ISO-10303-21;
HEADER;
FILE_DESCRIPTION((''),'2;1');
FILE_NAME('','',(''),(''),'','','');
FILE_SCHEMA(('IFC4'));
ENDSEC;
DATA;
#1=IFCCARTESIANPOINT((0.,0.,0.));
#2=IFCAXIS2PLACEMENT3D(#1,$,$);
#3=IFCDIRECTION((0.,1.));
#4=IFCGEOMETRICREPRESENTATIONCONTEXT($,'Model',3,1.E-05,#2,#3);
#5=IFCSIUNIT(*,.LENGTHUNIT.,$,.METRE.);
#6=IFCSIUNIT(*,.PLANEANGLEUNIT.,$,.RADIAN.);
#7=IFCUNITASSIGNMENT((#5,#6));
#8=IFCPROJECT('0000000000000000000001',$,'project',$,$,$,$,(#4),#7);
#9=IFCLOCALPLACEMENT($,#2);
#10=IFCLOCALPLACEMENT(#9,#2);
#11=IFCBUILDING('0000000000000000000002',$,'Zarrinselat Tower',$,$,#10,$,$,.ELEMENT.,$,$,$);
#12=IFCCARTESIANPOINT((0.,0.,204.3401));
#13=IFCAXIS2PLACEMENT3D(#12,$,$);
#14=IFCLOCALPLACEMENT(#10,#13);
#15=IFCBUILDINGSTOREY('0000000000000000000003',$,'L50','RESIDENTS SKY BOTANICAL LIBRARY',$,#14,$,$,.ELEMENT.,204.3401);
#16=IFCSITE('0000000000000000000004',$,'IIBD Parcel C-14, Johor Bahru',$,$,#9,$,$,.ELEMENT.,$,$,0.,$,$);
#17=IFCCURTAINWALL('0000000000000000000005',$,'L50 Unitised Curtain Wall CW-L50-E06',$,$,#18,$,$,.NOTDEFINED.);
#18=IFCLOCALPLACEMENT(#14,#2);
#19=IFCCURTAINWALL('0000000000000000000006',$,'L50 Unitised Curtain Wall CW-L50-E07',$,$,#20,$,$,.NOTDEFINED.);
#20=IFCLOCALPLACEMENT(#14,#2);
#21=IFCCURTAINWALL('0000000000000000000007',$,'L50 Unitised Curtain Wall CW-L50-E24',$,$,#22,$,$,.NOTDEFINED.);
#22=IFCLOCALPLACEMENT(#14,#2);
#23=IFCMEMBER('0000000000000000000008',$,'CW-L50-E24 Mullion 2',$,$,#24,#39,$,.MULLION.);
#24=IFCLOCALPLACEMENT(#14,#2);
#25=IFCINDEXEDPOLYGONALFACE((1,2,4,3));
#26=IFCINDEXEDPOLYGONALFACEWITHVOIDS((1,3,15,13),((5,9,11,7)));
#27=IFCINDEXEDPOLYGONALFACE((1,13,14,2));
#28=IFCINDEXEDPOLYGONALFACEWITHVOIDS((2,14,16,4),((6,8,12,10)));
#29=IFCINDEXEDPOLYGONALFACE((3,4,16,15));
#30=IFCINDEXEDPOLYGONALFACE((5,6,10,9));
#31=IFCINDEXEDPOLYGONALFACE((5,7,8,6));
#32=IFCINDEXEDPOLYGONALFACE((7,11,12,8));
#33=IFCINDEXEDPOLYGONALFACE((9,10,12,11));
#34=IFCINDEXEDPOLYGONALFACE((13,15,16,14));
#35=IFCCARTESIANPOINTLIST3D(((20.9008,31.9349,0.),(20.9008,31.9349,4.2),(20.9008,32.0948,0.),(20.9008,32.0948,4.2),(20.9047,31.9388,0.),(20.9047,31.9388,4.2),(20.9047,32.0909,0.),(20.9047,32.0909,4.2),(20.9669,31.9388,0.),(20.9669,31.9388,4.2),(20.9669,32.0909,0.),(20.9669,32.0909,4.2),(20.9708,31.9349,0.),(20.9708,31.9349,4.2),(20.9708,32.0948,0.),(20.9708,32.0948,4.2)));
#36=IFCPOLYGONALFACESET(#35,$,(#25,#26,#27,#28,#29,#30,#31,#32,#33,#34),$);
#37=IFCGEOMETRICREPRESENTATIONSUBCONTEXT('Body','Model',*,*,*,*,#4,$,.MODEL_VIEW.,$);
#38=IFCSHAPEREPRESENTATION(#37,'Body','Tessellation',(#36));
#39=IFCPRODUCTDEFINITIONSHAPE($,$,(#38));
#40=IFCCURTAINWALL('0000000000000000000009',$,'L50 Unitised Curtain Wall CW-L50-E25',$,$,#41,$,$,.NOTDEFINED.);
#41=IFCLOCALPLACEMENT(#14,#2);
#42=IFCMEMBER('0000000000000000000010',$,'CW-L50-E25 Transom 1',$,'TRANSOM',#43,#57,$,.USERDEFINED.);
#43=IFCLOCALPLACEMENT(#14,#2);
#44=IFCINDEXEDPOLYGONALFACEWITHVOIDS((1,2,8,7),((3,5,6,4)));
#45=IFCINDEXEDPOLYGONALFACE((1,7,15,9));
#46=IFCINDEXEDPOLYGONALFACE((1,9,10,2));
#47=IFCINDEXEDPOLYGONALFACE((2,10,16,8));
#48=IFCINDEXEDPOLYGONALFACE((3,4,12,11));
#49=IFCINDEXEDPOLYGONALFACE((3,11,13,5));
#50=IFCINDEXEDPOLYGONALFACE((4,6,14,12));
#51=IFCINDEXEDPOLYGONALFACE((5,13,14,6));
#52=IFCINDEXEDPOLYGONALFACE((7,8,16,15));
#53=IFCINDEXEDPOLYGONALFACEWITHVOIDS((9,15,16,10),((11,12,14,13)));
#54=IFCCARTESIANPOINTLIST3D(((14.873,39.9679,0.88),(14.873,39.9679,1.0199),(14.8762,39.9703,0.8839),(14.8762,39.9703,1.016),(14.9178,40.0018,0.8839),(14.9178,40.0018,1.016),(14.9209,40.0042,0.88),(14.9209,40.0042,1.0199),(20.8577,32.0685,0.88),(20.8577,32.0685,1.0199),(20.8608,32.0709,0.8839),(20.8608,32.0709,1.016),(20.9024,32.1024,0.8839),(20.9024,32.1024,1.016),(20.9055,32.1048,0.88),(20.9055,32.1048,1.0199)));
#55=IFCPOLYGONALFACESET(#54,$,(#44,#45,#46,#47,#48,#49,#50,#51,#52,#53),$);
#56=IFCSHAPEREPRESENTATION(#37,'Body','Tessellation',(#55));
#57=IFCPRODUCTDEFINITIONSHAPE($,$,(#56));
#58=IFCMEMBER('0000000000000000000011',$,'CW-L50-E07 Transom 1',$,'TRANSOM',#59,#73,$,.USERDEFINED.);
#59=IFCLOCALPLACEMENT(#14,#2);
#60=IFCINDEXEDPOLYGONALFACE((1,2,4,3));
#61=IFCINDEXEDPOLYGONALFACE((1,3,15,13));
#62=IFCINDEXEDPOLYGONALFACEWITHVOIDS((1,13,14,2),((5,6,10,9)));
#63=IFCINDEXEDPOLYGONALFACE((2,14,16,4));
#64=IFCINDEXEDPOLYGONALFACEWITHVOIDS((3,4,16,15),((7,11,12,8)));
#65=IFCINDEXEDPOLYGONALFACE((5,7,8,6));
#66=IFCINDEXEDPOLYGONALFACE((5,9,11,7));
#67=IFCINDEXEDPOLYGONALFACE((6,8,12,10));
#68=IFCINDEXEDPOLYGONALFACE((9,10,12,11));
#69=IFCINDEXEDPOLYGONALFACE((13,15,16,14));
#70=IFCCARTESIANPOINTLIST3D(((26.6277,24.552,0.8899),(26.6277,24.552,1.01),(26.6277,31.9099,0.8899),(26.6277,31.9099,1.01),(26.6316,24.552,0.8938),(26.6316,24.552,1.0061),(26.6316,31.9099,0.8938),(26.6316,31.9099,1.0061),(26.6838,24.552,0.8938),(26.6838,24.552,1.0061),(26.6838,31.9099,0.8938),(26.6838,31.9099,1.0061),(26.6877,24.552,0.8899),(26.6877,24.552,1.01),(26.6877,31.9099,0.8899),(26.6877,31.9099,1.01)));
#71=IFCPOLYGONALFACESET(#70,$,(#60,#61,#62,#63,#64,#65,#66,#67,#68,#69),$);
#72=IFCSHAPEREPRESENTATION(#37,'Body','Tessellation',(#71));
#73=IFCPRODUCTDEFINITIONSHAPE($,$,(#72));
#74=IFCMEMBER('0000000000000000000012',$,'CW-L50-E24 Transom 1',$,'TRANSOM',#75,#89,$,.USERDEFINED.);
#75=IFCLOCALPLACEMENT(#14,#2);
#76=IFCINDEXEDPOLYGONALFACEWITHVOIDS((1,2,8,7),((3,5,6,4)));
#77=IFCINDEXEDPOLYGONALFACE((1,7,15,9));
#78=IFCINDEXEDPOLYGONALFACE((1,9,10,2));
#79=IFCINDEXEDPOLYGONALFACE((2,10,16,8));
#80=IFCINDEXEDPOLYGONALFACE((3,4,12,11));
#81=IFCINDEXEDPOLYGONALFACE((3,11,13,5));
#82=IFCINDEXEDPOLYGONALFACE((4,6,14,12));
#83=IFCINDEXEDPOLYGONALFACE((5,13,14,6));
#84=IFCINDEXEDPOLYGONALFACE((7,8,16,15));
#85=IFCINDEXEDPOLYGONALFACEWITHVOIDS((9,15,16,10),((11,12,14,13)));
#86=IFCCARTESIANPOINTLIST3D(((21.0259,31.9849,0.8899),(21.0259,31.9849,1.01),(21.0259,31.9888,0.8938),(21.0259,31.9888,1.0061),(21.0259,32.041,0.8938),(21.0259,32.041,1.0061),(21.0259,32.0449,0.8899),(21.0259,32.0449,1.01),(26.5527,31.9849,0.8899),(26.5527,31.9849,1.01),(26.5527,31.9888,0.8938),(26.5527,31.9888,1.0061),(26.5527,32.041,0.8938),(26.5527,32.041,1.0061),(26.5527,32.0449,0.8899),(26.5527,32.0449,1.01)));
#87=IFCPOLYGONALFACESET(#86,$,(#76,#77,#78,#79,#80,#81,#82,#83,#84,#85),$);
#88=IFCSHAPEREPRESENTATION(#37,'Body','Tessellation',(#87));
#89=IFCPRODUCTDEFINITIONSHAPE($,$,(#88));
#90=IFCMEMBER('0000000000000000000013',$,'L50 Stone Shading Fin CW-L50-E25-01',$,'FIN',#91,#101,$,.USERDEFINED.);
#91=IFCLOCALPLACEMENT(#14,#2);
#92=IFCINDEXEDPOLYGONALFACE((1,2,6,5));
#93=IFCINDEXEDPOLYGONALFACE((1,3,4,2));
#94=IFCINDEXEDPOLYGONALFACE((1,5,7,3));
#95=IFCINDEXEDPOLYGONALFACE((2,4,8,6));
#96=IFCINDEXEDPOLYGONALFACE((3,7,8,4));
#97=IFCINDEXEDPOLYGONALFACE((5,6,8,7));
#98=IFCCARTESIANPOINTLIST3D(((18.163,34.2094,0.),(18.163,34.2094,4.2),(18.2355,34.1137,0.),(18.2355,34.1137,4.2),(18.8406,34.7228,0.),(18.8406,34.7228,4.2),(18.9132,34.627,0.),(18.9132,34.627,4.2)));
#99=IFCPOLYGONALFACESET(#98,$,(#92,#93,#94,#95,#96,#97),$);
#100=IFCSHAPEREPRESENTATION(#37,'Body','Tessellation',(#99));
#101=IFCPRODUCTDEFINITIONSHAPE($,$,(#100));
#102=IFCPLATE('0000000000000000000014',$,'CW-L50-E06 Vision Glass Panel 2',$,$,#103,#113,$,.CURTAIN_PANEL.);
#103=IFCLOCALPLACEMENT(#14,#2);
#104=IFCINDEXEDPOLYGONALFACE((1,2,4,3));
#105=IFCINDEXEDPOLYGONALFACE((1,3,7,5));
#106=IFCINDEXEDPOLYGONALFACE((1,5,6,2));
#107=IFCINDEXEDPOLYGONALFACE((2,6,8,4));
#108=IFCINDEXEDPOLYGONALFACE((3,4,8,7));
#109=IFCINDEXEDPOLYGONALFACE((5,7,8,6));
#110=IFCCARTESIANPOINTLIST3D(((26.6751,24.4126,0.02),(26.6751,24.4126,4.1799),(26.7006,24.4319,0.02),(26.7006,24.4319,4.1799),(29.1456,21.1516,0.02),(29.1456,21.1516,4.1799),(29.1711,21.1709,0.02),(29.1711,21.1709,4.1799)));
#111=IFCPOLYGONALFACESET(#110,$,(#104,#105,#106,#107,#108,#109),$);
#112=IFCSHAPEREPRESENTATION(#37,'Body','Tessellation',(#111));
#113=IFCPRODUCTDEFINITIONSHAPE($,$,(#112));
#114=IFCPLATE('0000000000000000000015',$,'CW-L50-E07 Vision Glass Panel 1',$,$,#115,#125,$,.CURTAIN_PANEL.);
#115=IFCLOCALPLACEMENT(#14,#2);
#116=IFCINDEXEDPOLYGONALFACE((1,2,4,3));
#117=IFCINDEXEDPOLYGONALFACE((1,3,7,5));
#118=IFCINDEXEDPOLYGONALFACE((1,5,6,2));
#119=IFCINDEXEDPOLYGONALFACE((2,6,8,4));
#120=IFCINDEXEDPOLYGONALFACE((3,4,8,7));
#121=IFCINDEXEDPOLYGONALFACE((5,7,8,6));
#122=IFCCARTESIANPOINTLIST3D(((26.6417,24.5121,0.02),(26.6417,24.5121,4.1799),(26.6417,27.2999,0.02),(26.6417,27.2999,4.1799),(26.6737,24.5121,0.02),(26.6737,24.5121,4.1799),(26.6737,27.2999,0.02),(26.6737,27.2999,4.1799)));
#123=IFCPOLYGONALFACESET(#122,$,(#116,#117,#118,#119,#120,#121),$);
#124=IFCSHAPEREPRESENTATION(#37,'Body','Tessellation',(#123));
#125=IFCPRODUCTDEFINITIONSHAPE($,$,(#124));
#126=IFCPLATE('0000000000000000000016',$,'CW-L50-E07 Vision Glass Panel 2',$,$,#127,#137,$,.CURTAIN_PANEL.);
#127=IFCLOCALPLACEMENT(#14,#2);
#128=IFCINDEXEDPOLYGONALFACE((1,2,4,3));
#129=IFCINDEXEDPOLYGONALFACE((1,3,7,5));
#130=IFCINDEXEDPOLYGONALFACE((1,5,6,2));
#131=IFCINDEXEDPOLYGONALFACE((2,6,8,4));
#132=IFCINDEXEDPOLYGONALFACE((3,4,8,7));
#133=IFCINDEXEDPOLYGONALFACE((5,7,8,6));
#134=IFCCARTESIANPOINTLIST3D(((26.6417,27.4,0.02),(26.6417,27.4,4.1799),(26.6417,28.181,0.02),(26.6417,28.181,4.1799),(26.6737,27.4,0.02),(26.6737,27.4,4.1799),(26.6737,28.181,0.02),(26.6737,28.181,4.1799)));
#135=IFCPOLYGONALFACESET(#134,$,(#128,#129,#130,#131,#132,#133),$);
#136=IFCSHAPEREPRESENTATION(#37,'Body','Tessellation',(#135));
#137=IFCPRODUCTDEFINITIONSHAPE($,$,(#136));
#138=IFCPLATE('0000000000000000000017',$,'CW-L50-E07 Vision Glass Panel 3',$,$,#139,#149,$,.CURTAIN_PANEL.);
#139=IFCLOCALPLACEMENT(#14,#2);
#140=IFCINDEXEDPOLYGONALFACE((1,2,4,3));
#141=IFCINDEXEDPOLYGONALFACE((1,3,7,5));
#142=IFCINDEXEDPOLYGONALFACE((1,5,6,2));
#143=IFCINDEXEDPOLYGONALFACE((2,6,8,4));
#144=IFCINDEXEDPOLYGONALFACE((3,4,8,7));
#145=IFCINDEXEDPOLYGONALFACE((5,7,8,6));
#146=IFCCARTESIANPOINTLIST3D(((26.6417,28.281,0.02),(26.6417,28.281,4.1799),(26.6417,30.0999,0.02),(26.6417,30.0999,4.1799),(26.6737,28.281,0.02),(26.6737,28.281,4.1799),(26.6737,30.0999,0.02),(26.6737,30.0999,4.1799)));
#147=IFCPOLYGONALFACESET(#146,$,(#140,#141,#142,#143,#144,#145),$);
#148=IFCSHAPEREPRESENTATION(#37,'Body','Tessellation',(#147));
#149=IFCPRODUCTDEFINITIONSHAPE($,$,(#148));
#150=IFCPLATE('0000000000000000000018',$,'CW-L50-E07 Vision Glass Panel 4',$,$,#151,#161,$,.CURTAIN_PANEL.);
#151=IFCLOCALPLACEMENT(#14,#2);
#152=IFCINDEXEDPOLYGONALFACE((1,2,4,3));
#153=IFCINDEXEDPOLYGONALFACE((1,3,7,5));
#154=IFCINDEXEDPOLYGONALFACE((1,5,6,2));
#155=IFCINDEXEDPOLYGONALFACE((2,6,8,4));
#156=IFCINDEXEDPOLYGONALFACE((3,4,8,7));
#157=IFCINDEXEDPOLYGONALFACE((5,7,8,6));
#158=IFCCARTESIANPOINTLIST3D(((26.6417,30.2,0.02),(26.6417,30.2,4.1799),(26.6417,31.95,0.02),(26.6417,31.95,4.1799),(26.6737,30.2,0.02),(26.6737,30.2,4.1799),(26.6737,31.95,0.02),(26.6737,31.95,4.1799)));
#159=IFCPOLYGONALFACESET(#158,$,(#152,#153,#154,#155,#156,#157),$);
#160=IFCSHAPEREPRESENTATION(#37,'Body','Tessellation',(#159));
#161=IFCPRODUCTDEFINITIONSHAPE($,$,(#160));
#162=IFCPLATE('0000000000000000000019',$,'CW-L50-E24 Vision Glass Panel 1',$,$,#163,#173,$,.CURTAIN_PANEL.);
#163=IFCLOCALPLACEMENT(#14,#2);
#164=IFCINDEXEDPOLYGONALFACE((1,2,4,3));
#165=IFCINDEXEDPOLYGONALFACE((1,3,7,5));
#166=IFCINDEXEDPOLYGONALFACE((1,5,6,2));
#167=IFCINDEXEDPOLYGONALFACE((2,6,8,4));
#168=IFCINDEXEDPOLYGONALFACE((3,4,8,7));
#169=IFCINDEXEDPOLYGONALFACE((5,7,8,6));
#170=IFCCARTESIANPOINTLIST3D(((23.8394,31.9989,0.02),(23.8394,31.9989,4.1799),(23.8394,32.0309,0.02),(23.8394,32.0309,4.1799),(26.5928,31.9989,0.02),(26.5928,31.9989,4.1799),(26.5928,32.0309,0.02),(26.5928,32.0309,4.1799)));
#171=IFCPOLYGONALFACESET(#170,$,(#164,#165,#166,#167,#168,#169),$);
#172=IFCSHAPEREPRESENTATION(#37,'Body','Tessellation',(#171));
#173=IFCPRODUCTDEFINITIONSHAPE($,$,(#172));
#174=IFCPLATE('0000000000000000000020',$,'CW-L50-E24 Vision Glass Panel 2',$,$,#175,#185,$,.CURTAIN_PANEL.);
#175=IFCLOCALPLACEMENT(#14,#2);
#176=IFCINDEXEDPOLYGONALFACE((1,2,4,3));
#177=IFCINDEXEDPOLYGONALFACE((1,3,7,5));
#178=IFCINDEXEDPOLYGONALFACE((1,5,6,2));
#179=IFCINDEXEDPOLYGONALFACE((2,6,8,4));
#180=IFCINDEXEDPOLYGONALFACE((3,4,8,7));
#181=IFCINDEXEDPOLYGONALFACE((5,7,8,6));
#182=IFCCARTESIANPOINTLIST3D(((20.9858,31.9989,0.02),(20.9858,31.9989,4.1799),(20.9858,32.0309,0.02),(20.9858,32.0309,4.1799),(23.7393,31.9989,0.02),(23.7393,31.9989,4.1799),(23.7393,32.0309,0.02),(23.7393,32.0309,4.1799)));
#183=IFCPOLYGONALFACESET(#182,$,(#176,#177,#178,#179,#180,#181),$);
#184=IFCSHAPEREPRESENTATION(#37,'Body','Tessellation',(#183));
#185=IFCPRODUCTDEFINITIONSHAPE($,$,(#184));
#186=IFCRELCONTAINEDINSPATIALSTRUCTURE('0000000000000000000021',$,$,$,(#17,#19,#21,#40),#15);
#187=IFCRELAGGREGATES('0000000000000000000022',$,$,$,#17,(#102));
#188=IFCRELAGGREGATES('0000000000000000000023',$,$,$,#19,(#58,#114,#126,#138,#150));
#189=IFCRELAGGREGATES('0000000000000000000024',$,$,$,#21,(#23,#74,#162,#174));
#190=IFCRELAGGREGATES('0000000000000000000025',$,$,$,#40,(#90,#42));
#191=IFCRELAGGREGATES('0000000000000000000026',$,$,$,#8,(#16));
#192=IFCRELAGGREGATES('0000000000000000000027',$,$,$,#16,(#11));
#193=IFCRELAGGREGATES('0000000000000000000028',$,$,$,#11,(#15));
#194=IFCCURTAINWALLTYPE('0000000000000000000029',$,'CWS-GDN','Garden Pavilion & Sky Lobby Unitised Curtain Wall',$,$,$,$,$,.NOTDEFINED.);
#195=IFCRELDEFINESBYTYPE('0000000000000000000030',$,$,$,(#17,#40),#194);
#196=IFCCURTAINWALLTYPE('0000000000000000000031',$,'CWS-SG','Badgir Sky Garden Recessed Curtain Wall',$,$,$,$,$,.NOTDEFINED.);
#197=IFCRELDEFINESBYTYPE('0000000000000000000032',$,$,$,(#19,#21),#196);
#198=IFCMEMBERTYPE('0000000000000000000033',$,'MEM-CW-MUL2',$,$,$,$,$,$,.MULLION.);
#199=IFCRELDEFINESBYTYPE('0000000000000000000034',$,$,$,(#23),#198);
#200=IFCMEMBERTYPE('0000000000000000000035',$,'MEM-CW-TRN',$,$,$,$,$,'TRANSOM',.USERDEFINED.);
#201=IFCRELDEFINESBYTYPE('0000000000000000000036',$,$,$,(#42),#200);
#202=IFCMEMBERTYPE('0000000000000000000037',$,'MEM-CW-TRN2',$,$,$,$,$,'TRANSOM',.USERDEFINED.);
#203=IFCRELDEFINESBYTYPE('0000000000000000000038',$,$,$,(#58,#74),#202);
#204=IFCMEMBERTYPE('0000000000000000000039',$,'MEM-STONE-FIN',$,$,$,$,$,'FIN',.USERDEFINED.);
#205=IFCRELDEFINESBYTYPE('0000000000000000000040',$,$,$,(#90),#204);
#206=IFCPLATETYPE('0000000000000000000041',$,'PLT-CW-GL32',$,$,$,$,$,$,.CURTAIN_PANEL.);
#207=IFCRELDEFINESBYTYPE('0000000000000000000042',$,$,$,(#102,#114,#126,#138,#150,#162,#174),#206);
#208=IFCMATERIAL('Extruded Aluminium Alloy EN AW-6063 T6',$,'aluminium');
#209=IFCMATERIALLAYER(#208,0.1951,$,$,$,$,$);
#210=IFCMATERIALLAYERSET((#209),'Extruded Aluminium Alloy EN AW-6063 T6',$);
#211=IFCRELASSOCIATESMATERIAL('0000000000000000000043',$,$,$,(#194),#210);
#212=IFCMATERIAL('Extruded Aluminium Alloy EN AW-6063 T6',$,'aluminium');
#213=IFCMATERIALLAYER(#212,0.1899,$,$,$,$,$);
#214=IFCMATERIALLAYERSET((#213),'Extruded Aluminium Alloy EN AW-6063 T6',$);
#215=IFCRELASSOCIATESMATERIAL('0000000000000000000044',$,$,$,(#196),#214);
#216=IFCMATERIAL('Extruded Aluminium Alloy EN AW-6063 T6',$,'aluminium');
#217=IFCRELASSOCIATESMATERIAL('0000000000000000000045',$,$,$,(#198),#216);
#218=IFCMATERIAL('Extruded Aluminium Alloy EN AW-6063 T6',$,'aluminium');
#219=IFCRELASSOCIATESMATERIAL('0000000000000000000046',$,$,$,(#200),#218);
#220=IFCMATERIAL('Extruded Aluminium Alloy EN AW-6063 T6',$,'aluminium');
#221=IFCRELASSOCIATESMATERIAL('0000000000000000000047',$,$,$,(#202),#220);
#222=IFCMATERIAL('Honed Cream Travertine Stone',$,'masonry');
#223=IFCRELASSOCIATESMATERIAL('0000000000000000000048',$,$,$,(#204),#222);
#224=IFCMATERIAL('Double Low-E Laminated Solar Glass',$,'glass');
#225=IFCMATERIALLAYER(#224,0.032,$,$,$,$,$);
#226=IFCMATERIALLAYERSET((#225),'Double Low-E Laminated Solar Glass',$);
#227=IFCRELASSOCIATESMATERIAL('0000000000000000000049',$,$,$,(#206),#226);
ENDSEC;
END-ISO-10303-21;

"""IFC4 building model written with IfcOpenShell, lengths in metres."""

from ifc_helpers import new_model, si_unit, direction, frame, origin, origin_2d, place, context, subcontext, project, spatial, rectangle, hollow_rectangle, extrude, material, layer, layer_set, material_profile, profile_set, type_object, element, aggregate, save


model = new_model("IFC4")

# Units and contexts
model_context = context("Model", 3, precision=1e-05, world=origin(), true_north=direction((0.0, 1.0)))
body_context = subcontext(model_context, "Body", "Model", "MODEL_VIEW")
ifc_project = project(units=[si_unit("LENGTHUNIT", "METRE"), si_unit("PLANEANGLEUNIT", "RADIAN")], contexts=[model_context])

# Site, building, storey
site_placement = place(None, origin())
site = spatial("IfcSite", under=ifc_project, at=site_placement, Name="IIBD Parcel C-14, Johor Bahru", CompositionType="ELEMENT", RefElevation=0.0)
building_placement = place(site_placement, origin())
building = spatial("IfcBuilding", under=site, at=building_placement, Name="Zarrinselat Tower", CompositionType="ELEMENT")
storey_placement = place(building_placement, frame((0.0, 0.0, 204.3401)))
storey = spatial("IfcBuildingStorey", under=building, at=storey_placement, Name="L50", Description="RESIDENTS SKY BOTANICAL LIBRARY", CompositionType="ELEMENT", Elevation=204.3401)

# Curtain wall
ifc_material_1 = material(Name="Extruded Aluminium Alloy EN AW-6063 T6", Category="aluminium")
ifc_layer_1 = layer(ifc_material_1, 0.1951)
ifc_layer_set_1 = layer_set([ifc_layer_1], Name="Extruded Aluminium Alloy EN AW-6063 T6")
curtain_wall_type_1 = type_object("IfcCurtainWallType", Name="CWS-GDN", Description="Garden Pavilion & Sky Lobby Unitised Curtain Wall", PredefinedType="NOTDEFINED", material=ifc_layer_set_1)
curtain_wall_1_placement = place(storey_placement, origin())
curtain_wall_1 = element("IfcCurtainWall", 1, at=curtain_wall_1_placement, inside=storey, type_object=curtain_wall_type_1, Name="L50 Unitised Curtain Wall CW-L50-E06", PredefinedType="NOTDEFINED")

# Curtain walls, member
ifc_material_2 = material(Name="Extruded Aluminium Alloy EN AW-6063 T6", Category="aluminium")
ifc_layer_2 = layer(ifc_material_2, 0.1899)
ifc_layer_set_2 = layer_set([ifc_layer_2], Name="Extruded Aluminium Alloy EN AW-6063 T6")
curtain_wall_type_2 = type_object("IfcCurtainWallType", Name="CWS-SG", Description="Badgir Sky Garden Recessed Curtain Wall", PredefinedType="NOTDEFINED", material=ifc_layer_set_2)
curtain_wall_2_placement = place(storey_placement, origin())
curtain_wall_2 = element("IfcCurtainWall", 2, at=curtain_wall_2_placement, inside=storey, type_object=curtain_wall_type_2, Name="L50 Unitised Curtain Wall CW-L50-E07", PredefinedType="NOTDEFINED")
ifc_material_3 = material(Name="Extruded Aluminium Alloy EN AW-6063 T6", Category="aluminium")
ifc_material_profile_1 = material_profile(ifc_material_3, hollow_rectangle(XDim=0.0701, YDim=0.1599, WallThickness=0.0039, at=origin_2d()), Name="RHS 160x70x4")
ifc_profile_set_1 = profile_set([ifc_material_profile_1], Name="Extruded Aluminium Alloy EN AW-6063 T6")
member_type_1 = type_object("IfcMemberType", Name="MEM-CW-MUL2", PredefinedType="MULLION", material=ifc_profile_set_1)
curtain_wall_3_placement = place(storey_placement, origin())
curtain_wall_3 = element("IfcCurtainWall", 3, at=curtain_wall_3_placement, inside=storey, type_object=curtain_wall_type_2, Name="L50 Unitised Curtain Wall CW-L50-E24", PredefinedType="NOTDEFINED")
member_1_placement = place(storey_placement, frame((20.9358, 32.0149, 0.0), z_axis=(0.0, 0.0, 1.0), x_axis=(-1.0, 0.0, 0.0)))
member_1 = element("IfcMember", 4, at=member_1_placement, type_object=member_type_1, Name="CW-L50-E24 Mullion 2", PredefinedType="MULLION", context=body_context, shape_type="SweptSolid", body=[
    extrude(hollow_rectangle(XDim=0.0701, YDim=0.1599, WallThickness=0.0039, at=origin_2d()), origin(), (0.0, 0.0, 1.0), 4.2),
])

# Curtain wall, member
curtain_wall_4_placement = place(storey_placement, origin())
curtain_wall_4 = element("IfcCurtainWall", 5, at=curtain_wall_4_placement, inside=storey, type_object=curtain_wall_type_1, Name="L50 Unitised Curtain Wall CW-L50-E25", PredefinedType="NOTDEFINED")
ifc_material_4 = material(Name="Extruded Aluminium Alloy EN AW-6063 T6", Category="aluminium")
ifc_material_profile_2 = material_profile(ifc_material_4, hollow_rectangle(XDim=0.0601, YDim=0.1399, WallThickness=0.0039, at=origin_2d()), Name="RHS 140x60x4")
ifc_profile_set_2 = profile_set([ifc_material_profile_2], Name="Extruded Aluminium Alloy EN AW-6063 T6")
member_type_2 = type_object("IfcMemberType", Name="MEM-CW-TRN", ElementType="TRANSOM", PredefinedType="USERDEFINED", material=ifc_profile_set_2)
member_2_placement = place(storey_placement, frame((20.8816, 32.0867, 0.95), z_axis=(-0.603871, 0.797082, 0.0), x_axis=(-0.797082, -0.603871, 0.0)))
member_2 = element("IfcMember", 6, at=member_2_placement, type_object=member_type_2, Name="CW-L50-E25 Transom 1", ObjectType="TRANSOM", PredefinedType="USERDEFINED", context=body_context, shape_type="SweptSolid", body=[
    extrude(hollow_rectangle(XDim=0.0601, YDim=0.1399, WallThickness=0.0039, at=origin_2d()), origin(), (0.0, 0.0, 1.0), 9.9104),
])

# Members
ifc_material_5 = material(Name="Extruded Aluminium Alloy EN AW-6063 T6", Category="aluminium")
ifc_material_profile_3 = material_profile(ifc_material_5, hollow_rectangle(XDim=0.0601, YDim=0.1201, WallThickness=0.0039, at=origin_2d()), Name="RHS 120x60x4")
ifc_profile_set_3 = profile_set([ifc_material_profile_3], Name="Extruded Aluminium Alloy EN AW-6063 T6")
member_type_3 = type_object("IfcMemberType", Name="MEM-CW-TRN2", ElementType="TRANSOM", PredefinedType="USERDEFINED", material=ifc_profile_set_3)
member_3_placement = place(storey_placement, frame((26.6577, 24.552, 0.95), z_axis=(0.0, 1.0, 0.0), x_axis=(-1.0, 0.0, 0.0)))
member_3 = element("IfcMember", 7, at=member_3_placement, type_object=member_type_3, Name="CW-L50-E07 Transom 1", ObjectType="TRANSOM", PredefinedType="USERDEFINED", context=body_context, shape_type="SweptSolid", body=[
    extrude(hollow_rectangle(XDim=0.0601, YDim=0.1201, WallThickness=0.0039, at=origin_2d()), origin(), (0.0, 0.0, 1.0), 7.3579),
])
member_4_placement = place(storey_placement, frame((26.5527, 32.0149, 0.95), z_axis=(-1.0, 0.0, 0.0), x_axis=(0.0, -1.0, 0.0)))
member_4 = element("IfcMember", 8, at=member_4_placement, type_object=member_type_3, Name="CW-L50-E24 Transom 1", ObjectType="TRANSOM", PredefinedType="USERDEFINED", context=body_context, shape_type="SweptSolid", body=[
    extrude(hollow_rectangle(XDim=0.0601, YDim=0.1201, WallThickness=0.0039, at=origin_2d()), origin(), (0.0, 0.0, 1.0), 5.5269),
])
ifc_material_6 = material(Name="Honed Cream Travertine Stone", Category="masonry")
ifc_material_profile_4 = material_profile(ifc_material_6, rectangle(XDim=0.1201, YDim=0.8501, at=origin_2d()), Name="FIN 850x120")
ifc_profile_set_4 = profile_set([ifc_material_profile_4], Name="Honed Cream Travertine Stone")
member_type_4 = type_object("IfcMemberType", Name="MEM-STONE-FIN", ElementType="FIN", PredefinedType="USERDEFINED", material=ifc_profile_set_4)
member_5_placement = place(storey_placement, frame((18.5381, 34.4182, 0.0), z_axis=(0.0, 0.0, 1.0), x_axis=(-0.603858, 0.797092, 0.0)))
member_5 = element("IfcMember", 9, at=member_5_placement, type_object=member_type_4, Name="L50 Stone Shading Fin CW-L50-E25-01", ObjectType="FIN", PredefinedType="USERDEFINED", context=body_context, shape_type="SweptSolid", body=[
    extrude(rectangle(XDim=0.1201, YDim=0.8501, at=origin_2d()), origin(), (0.0, 0.0, 1.0), 4.2),
])

# Plates
ifc_material_7 = material(Name="Double Low-E Laminated Solar Glass", Category="glass")
ifc_layer_3 = layer(ifc_material_7, 0.032)
ifc_layer_set_3 = layer_set([ifc_layer_3], Name="Double Low-E Laminated Solar Glass")
plate_type = type_object("IfcPlateType", Name="PLT-CW-GL32", PredefinedType="CURTAIN_PANEL", material=ifc_layer_set_3)
plate_1_placement = place(storey_placement, frame((27.9231, 22.7917, 0.02), z_axis=(0.0, 0.0, 1.0), x_axis=(-0.603858, 0.797092, 0.0)))
plate_1 = element("IfcPlate", 10, at=plate_1_placement, type_object=plate_type, Name="CW-L50-E06 Vision Glass Panel 2", PredefinedType="CURTAIN_PANEL", context=body_context, shape_type="SweptSolid", body=[
    extrude(rectangle(XDim=4.0911, YDim=0.032, at=origin_2d()), origin(), (0.0, 0.0, 1.0), 4.1599),
])
aggregate(curtain_wall_1, [plate_1])
plate_2_placement = place(storey_placement, frame((26.6577, 25.906, 0.02), z_axis=(0.0, 0.0, 1.0), x_axis=(0.0, 1.0, 0.0)))
plate_2 = element("IfcPlate", 11, at=plate_2_placement, type_object=plate_type, Name="CW-L50-E07 Vision Glass Panel 1", PredefinedType="CURTAIN_PANEL", context=body_context, shape_type="SweptSolid", body=[
    extrude(rectangle(XDim=2.7878, YDim=0.032, at=origin_2d()), origin(), (0.0, 0.0, 1.0), 4.1599),
])
plate_3_placement = place(storey_placement, frame((26.6577, 27.7905, 0.02), z_axis=(0.0, 0.0, 1.0), x_axis=(0.0, 1.0, 0.0)))
plate_3 = element("IfcPlate", 12, at=plate_3_placement, type_object=plate_type, Name="CW-L50-E07 Vision Glass Panel 2", PredefinedType="CURTAIN_PANEL", context=body_context, shape_type="SweptSolid", body=[
    extrude(rectangle(XDim=0.781, YDim=0.032, at=origin_2d()), origin(), (0.0, 0.0, 1.0), 4.1599),
])
plate_4_placement = place(storey_placement, frame((26.6577, 29.1904, 0.02), z_axis=(0.0, 0.0, 1.0), x_axis=(0.0, 1.0, 0.0)))
plate_4 = element("IfcPlate", 13, at=plate_4_placement, type_object=plate_type, Name="CW-L50-E07 Vision Glass Panel 3", PredefinedType="CURTAIN_PANEL", context=body_context, shape_type="SweptSolid", body=[
    extrude(rectangle(XDim=1.8188, YDim=0.032, at=origin_2d()), origin(), (0.0, 0.0, 1.0), 4.1599),
])
plate_5_placement = place(storey_placement, frame((26.6577, 31.075, 0.02), z_axis=(0.0, 0.0, 1.0), x_axis=(0.0, 1.0, 0.0)))
plate_5 = element("IfcPlate", 14, at=plate_5_placement, type_object=plate_type, Name="CW-L50-E07 Vision Glass Panel 4", PredefinedType="CURTAIN_PANEL", context=body_context, shape_type="SweptSolid", body=[
    extrude(rectangle(XDim=1.75, YDim=0.032, at=origin_2d()), origin(), (0.0, 0.0, 1.0), 4.1599),
])
aggregate(curtain_wall_2, [member_3, plate_2, plate_3, plate_4, plate_5])
plate_6_placement = place(storey_placement, frame((25.2161, 32.0149, 0.02), z_axis=(0.0, 0.0, 1.0), x_axis=(-1.0, 0.0, 0.0)))
plate_6 = element("IfcPlate", 15, at=plate_6_placement, type_object=plate_type, Name="CW-L50-E24 Vision Glass Panel 1", PredefinedType="CURTAIN_PANEL", context=body_context, shape_type="SweptSolid", body=[
    extrude(rectangle(XDim=2.7534, YDim=0.032, at=origin_2d()), origin(), (0.0, 0.0, 1.0), 4.1599),
])
plate_7_placement = place(storey_placement, frame((22.3625, 32.0149, 0.02), z_axis=(0.0, 0.0, 1.0), x_axis=(-1.0, 0.0, 0.0)))
plate_7 = element("IfcPlate", 16, at=plate_7_placement, type_object=plate_type, Name="CW-L50-E24 Vision Glass Panel 2", PredefinedType="CURTAIN_PANEL", context=body_context, shape_type="SweptSolid", body=[
    extrude(rectangle(XDim=2.7534, YDim=0.032, at=origin_2d()), origin(), (0.0, 0.0, 1.0), 4.1599),
])
aggregate(curtain_wall_3, [member_1, member_4, plate_6, plate_7])
aggregate(curtain_wall_4, [member_5, member_2])

save(model, "model.ifc")
